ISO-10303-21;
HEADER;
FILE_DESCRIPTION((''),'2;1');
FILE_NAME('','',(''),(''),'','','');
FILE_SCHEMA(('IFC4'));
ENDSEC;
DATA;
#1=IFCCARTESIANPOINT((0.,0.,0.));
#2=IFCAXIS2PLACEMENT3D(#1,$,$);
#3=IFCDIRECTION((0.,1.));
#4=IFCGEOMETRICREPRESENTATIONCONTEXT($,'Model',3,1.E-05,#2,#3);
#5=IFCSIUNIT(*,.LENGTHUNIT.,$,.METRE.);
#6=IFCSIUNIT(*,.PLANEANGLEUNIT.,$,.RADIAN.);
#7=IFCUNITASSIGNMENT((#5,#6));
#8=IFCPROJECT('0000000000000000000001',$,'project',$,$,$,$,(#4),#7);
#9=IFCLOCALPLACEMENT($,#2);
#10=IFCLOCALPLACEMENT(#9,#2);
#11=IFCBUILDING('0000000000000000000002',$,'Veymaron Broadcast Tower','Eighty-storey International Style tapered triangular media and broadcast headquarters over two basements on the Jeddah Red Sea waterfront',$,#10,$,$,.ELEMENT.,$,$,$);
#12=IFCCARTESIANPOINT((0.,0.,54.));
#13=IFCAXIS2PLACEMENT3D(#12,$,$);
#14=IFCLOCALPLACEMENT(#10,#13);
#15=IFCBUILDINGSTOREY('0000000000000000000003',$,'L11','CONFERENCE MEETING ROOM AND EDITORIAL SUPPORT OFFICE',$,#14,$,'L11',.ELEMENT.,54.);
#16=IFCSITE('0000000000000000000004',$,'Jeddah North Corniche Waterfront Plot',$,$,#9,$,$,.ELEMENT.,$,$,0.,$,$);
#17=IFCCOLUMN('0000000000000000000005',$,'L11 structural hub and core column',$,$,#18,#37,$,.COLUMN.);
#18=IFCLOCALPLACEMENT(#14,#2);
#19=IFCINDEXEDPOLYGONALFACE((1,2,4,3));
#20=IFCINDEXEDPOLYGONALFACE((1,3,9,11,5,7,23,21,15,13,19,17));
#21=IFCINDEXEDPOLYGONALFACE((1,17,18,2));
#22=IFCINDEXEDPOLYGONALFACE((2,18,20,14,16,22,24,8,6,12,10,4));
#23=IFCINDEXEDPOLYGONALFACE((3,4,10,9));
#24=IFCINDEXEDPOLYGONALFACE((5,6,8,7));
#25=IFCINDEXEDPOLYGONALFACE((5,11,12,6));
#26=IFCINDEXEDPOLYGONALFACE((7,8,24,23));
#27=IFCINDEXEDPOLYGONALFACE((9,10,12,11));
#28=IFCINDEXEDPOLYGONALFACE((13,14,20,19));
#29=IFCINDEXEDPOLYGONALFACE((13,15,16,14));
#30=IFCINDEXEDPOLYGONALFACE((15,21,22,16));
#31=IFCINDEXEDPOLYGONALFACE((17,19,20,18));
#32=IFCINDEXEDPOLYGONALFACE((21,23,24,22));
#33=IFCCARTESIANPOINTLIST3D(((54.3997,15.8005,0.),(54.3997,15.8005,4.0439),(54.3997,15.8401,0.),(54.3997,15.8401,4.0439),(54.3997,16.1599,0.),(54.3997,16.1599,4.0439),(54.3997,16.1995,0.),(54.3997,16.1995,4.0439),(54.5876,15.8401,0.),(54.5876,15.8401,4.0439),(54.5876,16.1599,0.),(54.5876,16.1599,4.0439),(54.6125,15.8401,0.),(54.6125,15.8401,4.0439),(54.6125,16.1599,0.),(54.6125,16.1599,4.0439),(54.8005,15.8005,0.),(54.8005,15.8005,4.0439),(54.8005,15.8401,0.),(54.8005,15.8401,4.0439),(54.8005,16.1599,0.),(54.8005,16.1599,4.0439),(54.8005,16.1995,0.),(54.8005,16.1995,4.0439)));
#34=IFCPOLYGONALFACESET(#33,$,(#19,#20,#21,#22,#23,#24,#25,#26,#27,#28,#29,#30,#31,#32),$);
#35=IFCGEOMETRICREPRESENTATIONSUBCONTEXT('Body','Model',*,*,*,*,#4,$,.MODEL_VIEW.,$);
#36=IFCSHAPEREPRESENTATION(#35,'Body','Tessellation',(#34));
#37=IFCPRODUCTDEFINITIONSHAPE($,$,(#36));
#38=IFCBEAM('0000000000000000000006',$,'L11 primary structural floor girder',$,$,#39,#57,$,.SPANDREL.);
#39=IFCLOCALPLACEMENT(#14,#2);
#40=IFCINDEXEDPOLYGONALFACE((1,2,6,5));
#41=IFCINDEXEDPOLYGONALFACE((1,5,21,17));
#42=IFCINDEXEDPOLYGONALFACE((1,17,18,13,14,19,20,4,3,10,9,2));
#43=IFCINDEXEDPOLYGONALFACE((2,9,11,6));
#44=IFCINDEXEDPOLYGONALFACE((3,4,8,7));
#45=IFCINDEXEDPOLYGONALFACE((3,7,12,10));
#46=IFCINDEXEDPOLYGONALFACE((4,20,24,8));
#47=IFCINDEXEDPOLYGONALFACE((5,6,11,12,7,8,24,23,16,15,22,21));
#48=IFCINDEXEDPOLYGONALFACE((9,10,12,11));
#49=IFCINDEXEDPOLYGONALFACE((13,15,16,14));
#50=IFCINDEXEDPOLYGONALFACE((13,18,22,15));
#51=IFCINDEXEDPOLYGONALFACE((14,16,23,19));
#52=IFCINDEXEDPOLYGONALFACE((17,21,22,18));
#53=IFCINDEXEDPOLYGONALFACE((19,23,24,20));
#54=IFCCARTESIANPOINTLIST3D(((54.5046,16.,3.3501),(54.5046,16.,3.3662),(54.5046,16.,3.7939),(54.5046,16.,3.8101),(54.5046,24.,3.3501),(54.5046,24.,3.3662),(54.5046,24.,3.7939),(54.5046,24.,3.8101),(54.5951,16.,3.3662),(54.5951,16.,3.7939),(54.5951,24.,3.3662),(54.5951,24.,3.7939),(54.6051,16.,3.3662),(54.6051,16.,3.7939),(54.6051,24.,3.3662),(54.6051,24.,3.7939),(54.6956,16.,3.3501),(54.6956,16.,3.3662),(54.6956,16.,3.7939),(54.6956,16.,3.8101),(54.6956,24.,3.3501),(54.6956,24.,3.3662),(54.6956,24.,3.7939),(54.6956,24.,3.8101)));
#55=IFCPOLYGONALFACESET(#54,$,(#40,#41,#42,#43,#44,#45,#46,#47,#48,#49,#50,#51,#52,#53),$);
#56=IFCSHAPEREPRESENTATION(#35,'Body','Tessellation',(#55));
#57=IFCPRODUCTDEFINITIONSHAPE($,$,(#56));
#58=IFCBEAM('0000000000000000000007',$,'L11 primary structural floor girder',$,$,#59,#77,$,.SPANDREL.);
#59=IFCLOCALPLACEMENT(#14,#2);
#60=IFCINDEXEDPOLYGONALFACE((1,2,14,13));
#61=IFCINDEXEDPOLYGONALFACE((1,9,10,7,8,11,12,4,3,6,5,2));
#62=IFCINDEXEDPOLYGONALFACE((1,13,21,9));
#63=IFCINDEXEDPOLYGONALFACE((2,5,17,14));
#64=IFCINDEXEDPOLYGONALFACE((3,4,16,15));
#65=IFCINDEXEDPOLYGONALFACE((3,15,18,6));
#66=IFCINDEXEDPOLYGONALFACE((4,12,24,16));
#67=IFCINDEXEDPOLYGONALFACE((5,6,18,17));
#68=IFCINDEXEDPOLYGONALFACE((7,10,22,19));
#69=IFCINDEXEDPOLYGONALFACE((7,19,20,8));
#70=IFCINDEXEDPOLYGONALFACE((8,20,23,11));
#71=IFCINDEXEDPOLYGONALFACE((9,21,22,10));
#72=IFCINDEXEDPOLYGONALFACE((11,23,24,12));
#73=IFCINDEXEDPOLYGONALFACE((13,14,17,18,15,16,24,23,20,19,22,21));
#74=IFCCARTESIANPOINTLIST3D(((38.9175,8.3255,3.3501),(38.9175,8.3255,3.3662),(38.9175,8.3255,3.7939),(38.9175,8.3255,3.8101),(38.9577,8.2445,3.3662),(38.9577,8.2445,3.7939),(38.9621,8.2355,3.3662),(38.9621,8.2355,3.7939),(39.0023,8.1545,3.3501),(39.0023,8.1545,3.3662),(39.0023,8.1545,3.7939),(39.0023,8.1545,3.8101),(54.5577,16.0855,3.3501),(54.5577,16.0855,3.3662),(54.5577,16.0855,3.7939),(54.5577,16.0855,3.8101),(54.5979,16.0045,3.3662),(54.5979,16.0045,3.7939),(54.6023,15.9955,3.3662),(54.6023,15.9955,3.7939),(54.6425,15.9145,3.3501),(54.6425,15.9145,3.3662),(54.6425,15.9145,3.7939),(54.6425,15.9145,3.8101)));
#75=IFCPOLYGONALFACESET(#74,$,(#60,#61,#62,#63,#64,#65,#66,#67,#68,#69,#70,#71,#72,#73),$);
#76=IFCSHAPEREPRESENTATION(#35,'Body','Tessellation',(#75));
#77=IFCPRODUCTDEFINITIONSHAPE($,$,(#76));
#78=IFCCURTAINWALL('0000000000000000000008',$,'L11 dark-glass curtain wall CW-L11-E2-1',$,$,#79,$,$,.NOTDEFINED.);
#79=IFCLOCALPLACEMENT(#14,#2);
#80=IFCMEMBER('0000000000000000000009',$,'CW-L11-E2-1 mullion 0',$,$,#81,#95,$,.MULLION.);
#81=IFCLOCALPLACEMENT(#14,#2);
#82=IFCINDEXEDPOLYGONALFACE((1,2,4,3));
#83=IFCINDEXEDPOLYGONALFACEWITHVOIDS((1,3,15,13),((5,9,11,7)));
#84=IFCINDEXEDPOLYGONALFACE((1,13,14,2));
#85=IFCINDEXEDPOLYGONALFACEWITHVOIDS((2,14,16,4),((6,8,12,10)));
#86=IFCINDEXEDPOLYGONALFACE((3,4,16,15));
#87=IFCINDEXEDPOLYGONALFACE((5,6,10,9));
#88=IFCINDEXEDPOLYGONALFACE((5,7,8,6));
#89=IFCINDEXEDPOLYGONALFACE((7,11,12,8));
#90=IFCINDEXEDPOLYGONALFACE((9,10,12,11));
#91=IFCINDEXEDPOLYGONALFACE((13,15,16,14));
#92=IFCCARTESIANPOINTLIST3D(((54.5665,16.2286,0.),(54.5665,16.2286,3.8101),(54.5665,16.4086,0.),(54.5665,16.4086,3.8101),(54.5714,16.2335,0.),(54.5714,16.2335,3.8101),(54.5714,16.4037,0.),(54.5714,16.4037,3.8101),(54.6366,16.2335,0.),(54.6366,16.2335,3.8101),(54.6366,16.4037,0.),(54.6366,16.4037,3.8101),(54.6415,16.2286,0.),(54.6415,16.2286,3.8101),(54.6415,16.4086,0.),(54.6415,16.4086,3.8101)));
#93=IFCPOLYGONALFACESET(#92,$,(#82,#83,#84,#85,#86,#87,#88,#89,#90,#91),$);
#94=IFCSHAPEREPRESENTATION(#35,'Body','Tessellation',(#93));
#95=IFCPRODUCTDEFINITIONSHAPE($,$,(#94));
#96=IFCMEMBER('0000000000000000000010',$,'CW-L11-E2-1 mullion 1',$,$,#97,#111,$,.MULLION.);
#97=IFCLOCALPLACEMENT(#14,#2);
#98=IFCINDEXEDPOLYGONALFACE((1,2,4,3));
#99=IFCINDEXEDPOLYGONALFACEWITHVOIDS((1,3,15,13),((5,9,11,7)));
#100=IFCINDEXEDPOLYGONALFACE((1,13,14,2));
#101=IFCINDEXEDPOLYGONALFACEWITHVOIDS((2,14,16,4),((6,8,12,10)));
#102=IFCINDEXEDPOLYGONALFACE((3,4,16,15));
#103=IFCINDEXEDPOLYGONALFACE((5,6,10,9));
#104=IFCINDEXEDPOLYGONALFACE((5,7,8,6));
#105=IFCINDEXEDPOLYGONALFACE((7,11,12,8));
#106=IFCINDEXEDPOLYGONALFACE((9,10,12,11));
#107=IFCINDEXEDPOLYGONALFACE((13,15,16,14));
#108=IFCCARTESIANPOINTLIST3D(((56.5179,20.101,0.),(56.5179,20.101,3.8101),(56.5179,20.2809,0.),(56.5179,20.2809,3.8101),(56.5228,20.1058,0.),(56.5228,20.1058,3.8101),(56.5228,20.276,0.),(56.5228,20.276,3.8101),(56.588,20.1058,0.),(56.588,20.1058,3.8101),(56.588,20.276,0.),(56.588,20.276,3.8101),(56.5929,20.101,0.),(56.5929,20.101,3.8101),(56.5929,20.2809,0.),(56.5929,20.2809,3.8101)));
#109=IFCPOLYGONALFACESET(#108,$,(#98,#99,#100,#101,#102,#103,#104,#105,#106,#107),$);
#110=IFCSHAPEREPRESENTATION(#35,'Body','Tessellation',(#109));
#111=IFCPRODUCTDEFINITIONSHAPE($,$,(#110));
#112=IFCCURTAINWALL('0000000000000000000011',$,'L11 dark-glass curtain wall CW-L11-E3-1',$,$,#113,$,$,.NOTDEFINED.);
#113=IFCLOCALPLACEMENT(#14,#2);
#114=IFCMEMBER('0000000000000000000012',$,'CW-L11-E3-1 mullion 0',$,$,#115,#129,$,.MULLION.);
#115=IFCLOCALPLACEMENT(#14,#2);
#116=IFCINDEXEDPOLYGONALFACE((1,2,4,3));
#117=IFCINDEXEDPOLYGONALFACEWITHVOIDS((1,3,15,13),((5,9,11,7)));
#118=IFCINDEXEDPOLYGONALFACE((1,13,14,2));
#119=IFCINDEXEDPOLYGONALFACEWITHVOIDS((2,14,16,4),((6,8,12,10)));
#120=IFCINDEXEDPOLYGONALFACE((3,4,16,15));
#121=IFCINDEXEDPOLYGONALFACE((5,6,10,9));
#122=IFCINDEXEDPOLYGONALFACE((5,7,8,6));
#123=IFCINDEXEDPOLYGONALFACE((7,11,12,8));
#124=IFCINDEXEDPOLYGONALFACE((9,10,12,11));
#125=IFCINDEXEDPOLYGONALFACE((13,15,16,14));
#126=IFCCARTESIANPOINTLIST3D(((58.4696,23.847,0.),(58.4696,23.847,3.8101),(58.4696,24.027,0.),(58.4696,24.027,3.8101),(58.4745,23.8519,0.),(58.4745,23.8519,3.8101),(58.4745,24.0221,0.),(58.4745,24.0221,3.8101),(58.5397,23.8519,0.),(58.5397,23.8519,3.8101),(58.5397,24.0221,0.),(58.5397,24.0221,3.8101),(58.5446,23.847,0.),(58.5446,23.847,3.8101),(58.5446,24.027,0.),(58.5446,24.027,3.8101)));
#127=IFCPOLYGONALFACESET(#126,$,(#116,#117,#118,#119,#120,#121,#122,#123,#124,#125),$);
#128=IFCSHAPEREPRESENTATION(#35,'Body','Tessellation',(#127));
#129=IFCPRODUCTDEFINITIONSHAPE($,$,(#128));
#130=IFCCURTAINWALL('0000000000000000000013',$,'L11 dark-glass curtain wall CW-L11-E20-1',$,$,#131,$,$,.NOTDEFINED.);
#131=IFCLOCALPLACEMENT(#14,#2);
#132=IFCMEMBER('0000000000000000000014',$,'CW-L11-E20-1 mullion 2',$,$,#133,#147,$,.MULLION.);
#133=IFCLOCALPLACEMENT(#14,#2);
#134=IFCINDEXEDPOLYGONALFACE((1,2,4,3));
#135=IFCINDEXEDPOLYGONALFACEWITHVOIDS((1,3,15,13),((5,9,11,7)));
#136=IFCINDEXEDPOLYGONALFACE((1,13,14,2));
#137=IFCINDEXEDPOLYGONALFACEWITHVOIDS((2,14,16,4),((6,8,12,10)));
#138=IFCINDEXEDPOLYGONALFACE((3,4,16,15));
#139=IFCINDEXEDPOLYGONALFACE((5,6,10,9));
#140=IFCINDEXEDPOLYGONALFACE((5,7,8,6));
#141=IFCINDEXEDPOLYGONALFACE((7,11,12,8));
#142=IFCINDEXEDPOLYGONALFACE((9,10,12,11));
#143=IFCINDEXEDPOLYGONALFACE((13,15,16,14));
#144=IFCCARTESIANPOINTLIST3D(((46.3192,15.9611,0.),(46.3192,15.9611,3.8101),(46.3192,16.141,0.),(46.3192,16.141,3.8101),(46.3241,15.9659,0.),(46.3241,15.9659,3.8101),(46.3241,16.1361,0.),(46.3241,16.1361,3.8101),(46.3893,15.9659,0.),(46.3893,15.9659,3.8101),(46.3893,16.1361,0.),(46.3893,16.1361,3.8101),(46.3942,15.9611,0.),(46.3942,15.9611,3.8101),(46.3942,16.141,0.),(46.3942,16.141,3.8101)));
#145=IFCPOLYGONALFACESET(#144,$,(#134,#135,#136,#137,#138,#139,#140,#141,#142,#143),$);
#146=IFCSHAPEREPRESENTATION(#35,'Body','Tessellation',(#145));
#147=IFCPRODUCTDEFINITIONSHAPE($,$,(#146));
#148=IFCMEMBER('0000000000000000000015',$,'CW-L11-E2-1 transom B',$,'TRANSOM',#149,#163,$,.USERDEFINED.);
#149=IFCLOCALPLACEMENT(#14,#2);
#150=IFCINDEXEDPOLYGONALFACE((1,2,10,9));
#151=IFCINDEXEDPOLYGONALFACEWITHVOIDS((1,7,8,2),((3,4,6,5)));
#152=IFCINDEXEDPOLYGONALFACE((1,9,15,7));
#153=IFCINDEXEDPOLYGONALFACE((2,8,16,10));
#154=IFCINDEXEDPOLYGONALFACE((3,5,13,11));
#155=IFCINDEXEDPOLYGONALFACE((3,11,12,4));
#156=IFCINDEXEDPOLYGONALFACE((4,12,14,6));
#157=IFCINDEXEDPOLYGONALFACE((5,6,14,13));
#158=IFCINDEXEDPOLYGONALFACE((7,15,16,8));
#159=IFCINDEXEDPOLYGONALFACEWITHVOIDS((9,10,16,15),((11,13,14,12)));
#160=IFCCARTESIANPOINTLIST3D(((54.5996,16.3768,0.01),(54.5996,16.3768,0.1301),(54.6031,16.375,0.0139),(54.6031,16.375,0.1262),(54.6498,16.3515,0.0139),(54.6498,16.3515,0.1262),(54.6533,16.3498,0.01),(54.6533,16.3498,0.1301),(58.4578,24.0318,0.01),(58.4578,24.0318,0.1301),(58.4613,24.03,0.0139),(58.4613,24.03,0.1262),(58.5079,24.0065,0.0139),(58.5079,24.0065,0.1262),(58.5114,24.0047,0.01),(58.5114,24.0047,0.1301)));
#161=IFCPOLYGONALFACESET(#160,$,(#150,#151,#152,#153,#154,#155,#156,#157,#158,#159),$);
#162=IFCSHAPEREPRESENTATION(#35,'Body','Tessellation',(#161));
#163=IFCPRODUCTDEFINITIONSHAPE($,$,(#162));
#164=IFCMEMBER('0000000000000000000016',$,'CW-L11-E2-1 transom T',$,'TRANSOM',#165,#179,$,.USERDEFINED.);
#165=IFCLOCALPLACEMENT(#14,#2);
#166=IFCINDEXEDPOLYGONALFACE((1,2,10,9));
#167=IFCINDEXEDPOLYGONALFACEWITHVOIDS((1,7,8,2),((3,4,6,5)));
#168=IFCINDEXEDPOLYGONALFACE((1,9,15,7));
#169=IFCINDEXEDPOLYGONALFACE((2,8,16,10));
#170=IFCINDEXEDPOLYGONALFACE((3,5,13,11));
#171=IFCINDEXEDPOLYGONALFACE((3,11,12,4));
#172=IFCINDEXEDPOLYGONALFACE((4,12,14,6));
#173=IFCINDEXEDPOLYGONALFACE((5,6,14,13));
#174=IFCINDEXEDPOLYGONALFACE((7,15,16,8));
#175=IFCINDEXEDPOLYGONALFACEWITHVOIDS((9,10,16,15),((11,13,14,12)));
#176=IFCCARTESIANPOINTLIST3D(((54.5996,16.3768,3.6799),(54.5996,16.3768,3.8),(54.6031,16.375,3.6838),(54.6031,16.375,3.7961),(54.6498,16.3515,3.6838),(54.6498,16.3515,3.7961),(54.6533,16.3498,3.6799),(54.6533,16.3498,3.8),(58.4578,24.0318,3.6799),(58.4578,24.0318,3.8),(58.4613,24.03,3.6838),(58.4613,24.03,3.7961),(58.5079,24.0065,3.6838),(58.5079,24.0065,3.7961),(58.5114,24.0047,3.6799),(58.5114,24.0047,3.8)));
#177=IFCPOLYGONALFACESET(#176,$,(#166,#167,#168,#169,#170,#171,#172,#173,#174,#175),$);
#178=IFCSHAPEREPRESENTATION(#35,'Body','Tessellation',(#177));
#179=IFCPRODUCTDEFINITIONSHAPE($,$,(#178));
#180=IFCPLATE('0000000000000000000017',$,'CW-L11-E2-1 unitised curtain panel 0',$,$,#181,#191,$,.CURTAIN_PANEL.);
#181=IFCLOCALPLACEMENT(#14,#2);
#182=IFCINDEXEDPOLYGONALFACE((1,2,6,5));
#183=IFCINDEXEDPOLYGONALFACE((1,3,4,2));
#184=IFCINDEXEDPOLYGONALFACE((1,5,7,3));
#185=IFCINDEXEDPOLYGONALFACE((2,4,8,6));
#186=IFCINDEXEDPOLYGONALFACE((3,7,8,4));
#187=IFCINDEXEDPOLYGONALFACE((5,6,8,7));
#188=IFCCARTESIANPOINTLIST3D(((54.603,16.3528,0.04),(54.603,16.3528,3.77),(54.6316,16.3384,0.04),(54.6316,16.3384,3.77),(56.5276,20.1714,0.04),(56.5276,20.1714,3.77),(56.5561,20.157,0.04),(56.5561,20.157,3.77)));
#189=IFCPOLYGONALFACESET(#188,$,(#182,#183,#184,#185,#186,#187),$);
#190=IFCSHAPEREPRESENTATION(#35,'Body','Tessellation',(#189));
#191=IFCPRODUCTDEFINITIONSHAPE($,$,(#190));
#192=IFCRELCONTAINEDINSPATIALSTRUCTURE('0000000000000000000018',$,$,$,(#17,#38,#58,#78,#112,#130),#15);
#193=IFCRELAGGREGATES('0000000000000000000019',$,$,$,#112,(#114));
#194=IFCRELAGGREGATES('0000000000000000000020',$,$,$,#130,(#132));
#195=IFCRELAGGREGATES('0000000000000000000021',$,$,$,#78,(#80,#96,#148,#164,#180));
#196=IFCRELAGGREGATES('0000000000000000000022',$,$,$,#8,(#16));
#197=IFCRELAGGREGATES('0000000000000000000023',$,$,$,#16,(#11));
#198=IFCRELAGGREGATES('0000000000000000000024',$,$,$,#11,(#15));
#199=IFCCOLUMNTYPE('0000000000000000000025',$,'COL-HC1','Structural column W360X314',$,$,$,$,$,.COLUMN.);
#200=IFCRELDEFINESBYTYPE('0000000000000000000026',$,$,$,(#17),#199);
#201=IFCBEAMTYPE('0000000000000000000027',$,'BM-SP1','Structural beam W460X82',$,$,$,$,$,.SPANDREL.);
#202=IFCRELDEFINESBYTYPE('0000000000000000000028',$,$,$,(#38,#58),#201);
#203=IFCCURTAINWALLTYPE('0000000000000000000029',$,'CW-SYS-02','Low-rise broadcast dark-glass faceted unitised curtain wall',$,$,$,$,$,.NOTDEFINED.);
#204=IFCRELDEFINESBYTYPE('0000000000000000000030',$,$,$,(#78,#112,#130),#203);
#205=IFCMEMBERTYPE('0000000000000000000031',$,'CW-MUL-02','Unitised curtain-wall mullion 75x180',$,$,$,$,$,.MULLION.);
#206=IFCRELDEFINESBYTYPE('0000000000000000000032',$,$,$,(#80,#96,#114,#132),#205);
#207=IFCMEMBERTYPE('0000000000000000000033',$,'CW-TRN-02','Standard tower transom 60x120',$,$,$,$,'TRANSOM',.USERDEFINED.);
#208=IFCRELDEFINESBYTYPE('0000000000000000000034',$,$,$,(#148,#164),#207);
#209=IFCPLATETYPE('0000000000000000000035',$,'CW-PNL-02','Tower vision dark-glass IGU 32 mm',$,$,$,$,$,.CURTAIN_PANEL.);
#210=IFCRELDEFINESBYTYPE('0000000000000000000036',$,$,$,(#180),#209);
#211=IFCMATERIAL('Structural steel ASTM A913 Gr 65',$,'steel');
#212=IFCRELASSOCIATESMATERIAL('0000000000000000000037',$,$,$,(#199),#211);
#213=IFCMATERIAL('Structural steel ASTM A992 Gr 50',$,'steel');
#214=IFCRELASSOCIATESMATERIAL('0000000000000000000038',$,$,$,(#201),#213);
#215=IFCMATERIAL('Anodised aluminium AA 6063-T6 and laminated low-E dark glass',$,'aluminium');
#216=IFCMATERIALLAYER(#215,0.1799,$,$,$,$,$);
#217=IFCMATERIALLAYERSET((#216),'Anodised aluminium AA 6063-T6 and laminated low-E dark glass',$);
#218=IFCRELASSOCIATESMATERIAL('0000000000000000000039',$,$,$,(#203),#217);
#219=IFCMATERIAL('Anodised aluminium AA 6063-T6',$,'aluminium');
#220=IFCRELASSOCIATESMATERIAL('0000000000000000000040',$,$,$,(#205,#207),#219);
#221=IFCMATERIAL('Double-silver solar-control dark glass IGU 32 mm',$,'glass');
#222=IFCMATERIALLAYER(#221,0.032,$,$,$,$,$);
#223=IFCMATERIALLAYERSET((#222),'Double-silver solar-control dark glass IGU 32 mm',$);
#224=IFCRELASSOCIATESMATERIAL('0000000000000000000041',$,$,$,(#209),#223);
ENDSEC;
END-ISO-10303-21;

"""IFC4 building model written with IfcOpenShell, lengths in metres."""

from ifc_helpers import new_model, si_unit, direction, frame, origin, origin_2d, place, context, subcontext, project, spatial, rectangle, hollow_rectangle, i_section, extrude, material, layer, layer_set, material_profile, profile_set, type_object, element, aggregate, save


model = new_model("IFC4")

# Units and contexts
model_context = context("Model", 3, precision=1e-05, world=origin(), true_north=direction((0.0, 1.0)))
body_context = subcontext(model_context, "Body", "Model", "MODEL_VIEW")
ifc_project = project(units=[si_unit("LENGTHUNIT", "METRE"), si_unit("PLANEANGLEUNIT", "RADIAN")], contexts=[model_context])

# Site, building, storey
site_placement = place(None, origin())
site = spatial("IfcSite", under=ifc_project, at=site_placement, Name="Jeddah North Corniche Waterfront Plot", CompositionType="ELEMENT", RefElevation=0.0)
building_placement = place(site_placement, origin())
building = spatial("IfcBuilding", under=site, at=building_placement, Name="Veymaron Broadcast Tower", Description="Eighty-storey International Style tapered triangular media and broadcast headquarters over two basements on the Jeddah Red Sea waterfront", CompositionType="ELEMENT")
storey_placement = place(building_placement, frame((0.0, 0.0, 54.0)))
storey = spatial("IfcBuildingStorey", under=building, at=storey_placement, Name="L11", Description="CONFERENCE MEETING ROOM AND EDITORIAL SUPPORT OFFICE", LongName="L11", CompositionType="ELEMENT", Elevation=54.0)

# Column
ifc_material_1 = material(Name="Structural steel ASTM A913 Gr 65", Category="steel")
ifc_material_profile_1 = material_profile(ifc_material_1, i_section(OverallWidth=0.4009, OverallDepth=0.3989, WebThickness=0.0249, FlangeThickness=0.0396, at=origin_2d()), Name="W360X314")
ifc_profile_set_1 = profile_set([ifc_material_profile_1], Name="Structural steel ASTM A913 Gr 65")
column_type = type_object("IfcColumnType", Name="COL-HC1", Description="Structural column W360X314", PredefinedType="COLUMN", material=ifc_profile_set_1)
column_placement = place(storey_placement, frame((54.6001, 16.0, 0.0), z_axis=(0.0, 0.0, 1.0), x_axis=(1.0, 0.0, 0.0)))
element("IfcColumn", 1, at=column_placement, inside=storey, type_object=column_type, Name="L11 structural hub and core column", PredefinedType="COLUMN", context=body_context, shape_type="SweptSolid", body=[
    extrude(i_section(OverallWidth=0.4009, OverallDepth=0.3989, WebThickness=0.0249, FlangeThickness=0.0396, at=origin_2d()), origin(), (0.0, 0.0, 1.0), 4.0439),
])

# Beams
ifc_material_2 = material(Name="Structural steel ASTM A992 Gr 50", Category="steel")
ifc_material_profile_2 = material_profile(ifc_material_2, i_section(OverallWidth=0.1909, OverallDepth=0.46, WebThickness=0.01, FlangeThickness=0.0161, at=origin_2d()), Name="W460X82")
ifc_profile_set_2 = profile_set([ifc_material_profile_2], Name="Structural steel ASTM A992 Gr 50")
beam_type = type_object("IfcBeamType", Name="BM-SP1", Description="Structural beam W460X82", PredefinedType="SPANDREL", material=ifc_profile_set_2)
beam_1_placement = place(storey_placement, frame((54.6001, 16.0, 3.5801), z_axis=(0.0, 1.0, 0.0), x_axis=(-1.0, 0.0, 0.0)))
element("IfcBeam", 2, at=beam_1_placement, inside=storey, type_object=beam_type, Name="L11 primary structural floor girder", PredefinedType="SPANDREL", context=body_context, shape_type="SweptSolid", body=[
    extrude(i_section(OverallWidth=0.1909, OverallDepth=0.46, WebThickness=0.01, FlangeThickness=0.0161, at=origin_2d()), origin(), (0.0, 0.0, 1.0), 8.0),
])
beam_2_placement = place(storey_placement, frame((54.6001, 16.0, 3.5801), z_axis=(-0.895799, -0.44446, 0.0), x_axis=(0.44446, -0.895799, 0.0)))
element("IfcBeam", 3, at=beam_2_placement, inside=storey, type_object=beam_type, Name="L11 primary structural floor girder", PredefinedType="SPANDREL", context=body_context, shape_type="SweptSolid", body=[
    extrude(i_section(OverallWidth=0.1909, OverallDepth=0.46, WebThickness=0.01, FlangeThickness=0.0161, at=origin_2d()), origin(), (0.0, 0.0, 1.0), 17.4595),
])

# Curtain wall, members
ifc_material_3 = material(Name="Anodised aluminium AA 6063-T6 and laminated low-E dark glass", Category="aluminium")
ifc_layer_1 = layer(ifc_material_3, 0.1799)
ifc_layer_set_1 = layer_set([ifc_layer_1], Name="Anodised aluminium AA 6063-T6 and laminated low-E dark glass")
curtain_wall_type = type_object("IfcCurtainWallType", Name="CW-SYS-02", Description="Low-rise broadcast dark-glass faceted unitised curtain wall", PredefinedType="NOTDEFINED", material=ifc_layer_set_1)
curtain_wall_1_placement = place(storey_placement, origin())
curtain_wall_1 = element("IfcCurtainWall", 4, at=curtain_wall_1_placement, inside=storey, type_object=curtain_wall_type, Name="L11 dark-glass curtain wall CW-L11-E2-1", PredefinedType="NOTDEFINED")
ifc_material_4 = material(Name="Anodised aluminium AA 6063-T6", Category="aluminium")
ifc_material_profile_3 = material_profile(ifc_material_4, hollow_rectangle(XDim=0.075, YDim=0.1799, WallThickness=0.0049, at=origin_2d()), Name="AL180X75X5")
ifc_profile_set_3 = profile_set([ifc_material_profile_3], Name="Anodised aluminium AA 6063-T6")
member_type_1 = type_object("IfcMemberType", Name="CW-MUL-02", Description="Unitised curtain-wall mullion 75x180", PredefinedType="MULLION", material=ifc_profile_set_3)
member_1_placement = place(storey_placement, frame((54.604, 16.3186, 0.0), z_axis=(0.0, 0.0, 1.0), x_axis=(1.0, 0.0, 0.0)))
member_1 = element("IfcMember", 5, at=member_1_placement, type_object=member_type_1, Name="CW-L11-E2-1 mullion 0", PredefinedType="MULLION", context=body_context, shape_type="SweptSolid", body=[
    extrude(hollow_rectangle(XDim=0.075, YDim=0.1799, WallThickness=0.0049, at=origin_2d()), origin(), (0.0, 0.0, 1.0), 3.8101),
])
member_2_placement = place(storey_placement, frame((56.5554, 20.1909, 0.0), z_axis=(0.0, 0.0, 1.0), x_axis=(1.0, 0.0, 0.0)))
member_2 = element("IfcMember", 6, at=member_2_placement, type_object=member_type_1, Name="CW-L11-E2-1 mullion 1", PredefinedType="MULLION", context=body_context, shape_type="SweptSolid", body=[
    extrude(hollow_rectangle(XDim=0.075, YDim=0.1799, WallThickness=0.0049, at=origin_2d()), origin(), (0.0, 0.0, 1.0), 3.8101),
])

# Curtain walls, members
curtain_wall_2_placement = place(storey_placement, origin())
curtain_wall_2 = element("IfcCurtainWall", 7, at=curtain_wall_2_placement, inside=storey, type_object=curtain_wall_type, Name="L11 dark-glass curtain wall CW-L11-E3-1", PredefinedType="NOTDEFINED")
member_3_placement = place(storey_placement, frame((58.5071, 23.937, 0.0), z_axis=(0.0, 0.0, 1.0), x_axis=(1.0, 0.0, 0.0)))
member_3 = element("IfcMember", 8, at=member_3_placement, type_object=member_type_1, Name="CW-L11-E3-1 mullion 0", PredefinedType="MULLION", context=body_context, shape_type="SweptSolid", body=[
    extrude(hollow_rectangle(XDim=0.075, YDim=0.1799, WallThickness=0.0049, at=origin_2d()), origin(), (0.0, 0.0, 1.0), 3.8101),
])
aggregate(curtain_wall_2, [member_3])
curtain_wall_3_placement = place(storey_placement, origin())
curtain_wall_3 = element("IfcCurtainWall", 9, at=curtain_wall_3_placement, inside=storey, type_object=curtain_wall_type, Name="L11 dark-glass curtain wall CW-L11-E20-1", PredefinedType="NOTDEFINED")
member_4_placement = place(storey_placement, frame((46.3567, 16.051, 0.0), z_axis=(0.0, 0.0, 1.0), x_axis=(1.0, 0.0, 0.0)))
member_4 = element("IfcMember", 10, at=member_4_placement, type_object=member_type_1, Name="CW-L11-E20-1 mullion 2", PredefinedType="MULLION", context=body_context, shape_type="SweptSolid", body=[
    extrude(hollow_rectangle(XDim=0.075, YDim=0.1799, WallThickness=0.0049, at=origin_2d()), origin(), (0.0, 0.0, 1.0), 3.8101),
])
aggregate(curtain_wall_3, [member_4])

# Members
ifc_material_profile_4 = material_profile(ifc_material_4, hollow_rectangle(XDim=0.0601, YDim=0.1201, WallThickness=0.0039, at=origin_2d()), Name="AL120X60X4")
ifc_profile_set_4 = profile_set([ifc_material_profile_4], Name="Anodised aluminium AA 6063-T6")
member_type_2 = type_object("IfcMemberType", Name="CW-TRN-02", Description="Standard tower transom 60x120", ElementType="TRANSOM", PredefinedType="USERDEFINED", material=ifc_profile_set_4)
member_5_placement = place(storey_placement, frame((54.6265, 16.3633, 0.0701), z_axis=(0.450071, 0.892993, 0.0), x_axis=(-0.892993, 0.450071, 0.0)))
member_5 = element("IfcMember", 11, at=member_5_placement, type_object=member_type_2, Name="CW-L11-E2-1 transom B", ObjectType="TRANSOM", PredefinedType="USERDEFINED", context=body_context, shape_type="SweptSolid", body=[
    extrude(hollow_rectangle(XDim=0.0601, YDim=0.1201, WallThickness=0.0039, at=origin_2d()), origin(), (0.0, 0.0, 1.0), 8.5723),
])
member_6_placement = place(storey_placement, frame((54.6265, 16.3633, 3.74), z_axis=(0.450071, 0.892993, 0.0), x_axis=(-0.892993, 0.450071, 0.0)))
member_6 = element("IfcMember", 12, at=member_6_placement, type_object=member_type_2, Name="CW-L11-E2-1 transom T", ObjectType="TRANSOM", PredefinedType="USERDEFINED", context=body_context, shape_type="SweptSolid", body=[
    extrude(hollow_rectangle(XDim=0.0601, YDim=0.1201, WallThickness=0.0039, at=origin_2d()), origin(), (0.0, 0.0, 1.0), 8.5723),
])

# Plate
ifc_material_5 = material(Name="Double-silver solar-control dark glass IGU 32 mm", Category="glass")
ifc_layer_2 = layer(ifc_material_5, 0.032)
ifc_layer_set_2 = layer_set([ifc_layer_2], Name="Double-silver solar-control dark glass IGU 32 mm")
plate_type_1 = type_object("IfcPlateType", Name="CW-PNL-02", Description="Tower vision dark-glass IGU 32 mm", PredefinedType="CURTAIN_PANEL", material=ifc_layer_set_2)
plate_1_placement = place(storey_placement, frame((55.5796, 18.2549, 0.04), z_axis=(0.0, 0.0, 1.0), x_axis=(0.450067, 0.892995, 0.0)))
plate_1 = element("IfcPlate", 13, at=plate_1_placement, type_object=plate_type_1, Name="CW-L11-E2-1 unitised curtain panel 0", PredefinedType="CURTAIN_PANEL", context=body_context, shape_type="SweptSolid", body=[
    extrude(rectangle(XDim=4.2761, YDim=0.032, at=origin_2d()), origin(), (0.0, 0.0, 1.0), 3.73),
])
aggregate(curtain_wall_1, [member_1, member_2, member_5, member_6, plate_1])

save(model, "model.ifc")
